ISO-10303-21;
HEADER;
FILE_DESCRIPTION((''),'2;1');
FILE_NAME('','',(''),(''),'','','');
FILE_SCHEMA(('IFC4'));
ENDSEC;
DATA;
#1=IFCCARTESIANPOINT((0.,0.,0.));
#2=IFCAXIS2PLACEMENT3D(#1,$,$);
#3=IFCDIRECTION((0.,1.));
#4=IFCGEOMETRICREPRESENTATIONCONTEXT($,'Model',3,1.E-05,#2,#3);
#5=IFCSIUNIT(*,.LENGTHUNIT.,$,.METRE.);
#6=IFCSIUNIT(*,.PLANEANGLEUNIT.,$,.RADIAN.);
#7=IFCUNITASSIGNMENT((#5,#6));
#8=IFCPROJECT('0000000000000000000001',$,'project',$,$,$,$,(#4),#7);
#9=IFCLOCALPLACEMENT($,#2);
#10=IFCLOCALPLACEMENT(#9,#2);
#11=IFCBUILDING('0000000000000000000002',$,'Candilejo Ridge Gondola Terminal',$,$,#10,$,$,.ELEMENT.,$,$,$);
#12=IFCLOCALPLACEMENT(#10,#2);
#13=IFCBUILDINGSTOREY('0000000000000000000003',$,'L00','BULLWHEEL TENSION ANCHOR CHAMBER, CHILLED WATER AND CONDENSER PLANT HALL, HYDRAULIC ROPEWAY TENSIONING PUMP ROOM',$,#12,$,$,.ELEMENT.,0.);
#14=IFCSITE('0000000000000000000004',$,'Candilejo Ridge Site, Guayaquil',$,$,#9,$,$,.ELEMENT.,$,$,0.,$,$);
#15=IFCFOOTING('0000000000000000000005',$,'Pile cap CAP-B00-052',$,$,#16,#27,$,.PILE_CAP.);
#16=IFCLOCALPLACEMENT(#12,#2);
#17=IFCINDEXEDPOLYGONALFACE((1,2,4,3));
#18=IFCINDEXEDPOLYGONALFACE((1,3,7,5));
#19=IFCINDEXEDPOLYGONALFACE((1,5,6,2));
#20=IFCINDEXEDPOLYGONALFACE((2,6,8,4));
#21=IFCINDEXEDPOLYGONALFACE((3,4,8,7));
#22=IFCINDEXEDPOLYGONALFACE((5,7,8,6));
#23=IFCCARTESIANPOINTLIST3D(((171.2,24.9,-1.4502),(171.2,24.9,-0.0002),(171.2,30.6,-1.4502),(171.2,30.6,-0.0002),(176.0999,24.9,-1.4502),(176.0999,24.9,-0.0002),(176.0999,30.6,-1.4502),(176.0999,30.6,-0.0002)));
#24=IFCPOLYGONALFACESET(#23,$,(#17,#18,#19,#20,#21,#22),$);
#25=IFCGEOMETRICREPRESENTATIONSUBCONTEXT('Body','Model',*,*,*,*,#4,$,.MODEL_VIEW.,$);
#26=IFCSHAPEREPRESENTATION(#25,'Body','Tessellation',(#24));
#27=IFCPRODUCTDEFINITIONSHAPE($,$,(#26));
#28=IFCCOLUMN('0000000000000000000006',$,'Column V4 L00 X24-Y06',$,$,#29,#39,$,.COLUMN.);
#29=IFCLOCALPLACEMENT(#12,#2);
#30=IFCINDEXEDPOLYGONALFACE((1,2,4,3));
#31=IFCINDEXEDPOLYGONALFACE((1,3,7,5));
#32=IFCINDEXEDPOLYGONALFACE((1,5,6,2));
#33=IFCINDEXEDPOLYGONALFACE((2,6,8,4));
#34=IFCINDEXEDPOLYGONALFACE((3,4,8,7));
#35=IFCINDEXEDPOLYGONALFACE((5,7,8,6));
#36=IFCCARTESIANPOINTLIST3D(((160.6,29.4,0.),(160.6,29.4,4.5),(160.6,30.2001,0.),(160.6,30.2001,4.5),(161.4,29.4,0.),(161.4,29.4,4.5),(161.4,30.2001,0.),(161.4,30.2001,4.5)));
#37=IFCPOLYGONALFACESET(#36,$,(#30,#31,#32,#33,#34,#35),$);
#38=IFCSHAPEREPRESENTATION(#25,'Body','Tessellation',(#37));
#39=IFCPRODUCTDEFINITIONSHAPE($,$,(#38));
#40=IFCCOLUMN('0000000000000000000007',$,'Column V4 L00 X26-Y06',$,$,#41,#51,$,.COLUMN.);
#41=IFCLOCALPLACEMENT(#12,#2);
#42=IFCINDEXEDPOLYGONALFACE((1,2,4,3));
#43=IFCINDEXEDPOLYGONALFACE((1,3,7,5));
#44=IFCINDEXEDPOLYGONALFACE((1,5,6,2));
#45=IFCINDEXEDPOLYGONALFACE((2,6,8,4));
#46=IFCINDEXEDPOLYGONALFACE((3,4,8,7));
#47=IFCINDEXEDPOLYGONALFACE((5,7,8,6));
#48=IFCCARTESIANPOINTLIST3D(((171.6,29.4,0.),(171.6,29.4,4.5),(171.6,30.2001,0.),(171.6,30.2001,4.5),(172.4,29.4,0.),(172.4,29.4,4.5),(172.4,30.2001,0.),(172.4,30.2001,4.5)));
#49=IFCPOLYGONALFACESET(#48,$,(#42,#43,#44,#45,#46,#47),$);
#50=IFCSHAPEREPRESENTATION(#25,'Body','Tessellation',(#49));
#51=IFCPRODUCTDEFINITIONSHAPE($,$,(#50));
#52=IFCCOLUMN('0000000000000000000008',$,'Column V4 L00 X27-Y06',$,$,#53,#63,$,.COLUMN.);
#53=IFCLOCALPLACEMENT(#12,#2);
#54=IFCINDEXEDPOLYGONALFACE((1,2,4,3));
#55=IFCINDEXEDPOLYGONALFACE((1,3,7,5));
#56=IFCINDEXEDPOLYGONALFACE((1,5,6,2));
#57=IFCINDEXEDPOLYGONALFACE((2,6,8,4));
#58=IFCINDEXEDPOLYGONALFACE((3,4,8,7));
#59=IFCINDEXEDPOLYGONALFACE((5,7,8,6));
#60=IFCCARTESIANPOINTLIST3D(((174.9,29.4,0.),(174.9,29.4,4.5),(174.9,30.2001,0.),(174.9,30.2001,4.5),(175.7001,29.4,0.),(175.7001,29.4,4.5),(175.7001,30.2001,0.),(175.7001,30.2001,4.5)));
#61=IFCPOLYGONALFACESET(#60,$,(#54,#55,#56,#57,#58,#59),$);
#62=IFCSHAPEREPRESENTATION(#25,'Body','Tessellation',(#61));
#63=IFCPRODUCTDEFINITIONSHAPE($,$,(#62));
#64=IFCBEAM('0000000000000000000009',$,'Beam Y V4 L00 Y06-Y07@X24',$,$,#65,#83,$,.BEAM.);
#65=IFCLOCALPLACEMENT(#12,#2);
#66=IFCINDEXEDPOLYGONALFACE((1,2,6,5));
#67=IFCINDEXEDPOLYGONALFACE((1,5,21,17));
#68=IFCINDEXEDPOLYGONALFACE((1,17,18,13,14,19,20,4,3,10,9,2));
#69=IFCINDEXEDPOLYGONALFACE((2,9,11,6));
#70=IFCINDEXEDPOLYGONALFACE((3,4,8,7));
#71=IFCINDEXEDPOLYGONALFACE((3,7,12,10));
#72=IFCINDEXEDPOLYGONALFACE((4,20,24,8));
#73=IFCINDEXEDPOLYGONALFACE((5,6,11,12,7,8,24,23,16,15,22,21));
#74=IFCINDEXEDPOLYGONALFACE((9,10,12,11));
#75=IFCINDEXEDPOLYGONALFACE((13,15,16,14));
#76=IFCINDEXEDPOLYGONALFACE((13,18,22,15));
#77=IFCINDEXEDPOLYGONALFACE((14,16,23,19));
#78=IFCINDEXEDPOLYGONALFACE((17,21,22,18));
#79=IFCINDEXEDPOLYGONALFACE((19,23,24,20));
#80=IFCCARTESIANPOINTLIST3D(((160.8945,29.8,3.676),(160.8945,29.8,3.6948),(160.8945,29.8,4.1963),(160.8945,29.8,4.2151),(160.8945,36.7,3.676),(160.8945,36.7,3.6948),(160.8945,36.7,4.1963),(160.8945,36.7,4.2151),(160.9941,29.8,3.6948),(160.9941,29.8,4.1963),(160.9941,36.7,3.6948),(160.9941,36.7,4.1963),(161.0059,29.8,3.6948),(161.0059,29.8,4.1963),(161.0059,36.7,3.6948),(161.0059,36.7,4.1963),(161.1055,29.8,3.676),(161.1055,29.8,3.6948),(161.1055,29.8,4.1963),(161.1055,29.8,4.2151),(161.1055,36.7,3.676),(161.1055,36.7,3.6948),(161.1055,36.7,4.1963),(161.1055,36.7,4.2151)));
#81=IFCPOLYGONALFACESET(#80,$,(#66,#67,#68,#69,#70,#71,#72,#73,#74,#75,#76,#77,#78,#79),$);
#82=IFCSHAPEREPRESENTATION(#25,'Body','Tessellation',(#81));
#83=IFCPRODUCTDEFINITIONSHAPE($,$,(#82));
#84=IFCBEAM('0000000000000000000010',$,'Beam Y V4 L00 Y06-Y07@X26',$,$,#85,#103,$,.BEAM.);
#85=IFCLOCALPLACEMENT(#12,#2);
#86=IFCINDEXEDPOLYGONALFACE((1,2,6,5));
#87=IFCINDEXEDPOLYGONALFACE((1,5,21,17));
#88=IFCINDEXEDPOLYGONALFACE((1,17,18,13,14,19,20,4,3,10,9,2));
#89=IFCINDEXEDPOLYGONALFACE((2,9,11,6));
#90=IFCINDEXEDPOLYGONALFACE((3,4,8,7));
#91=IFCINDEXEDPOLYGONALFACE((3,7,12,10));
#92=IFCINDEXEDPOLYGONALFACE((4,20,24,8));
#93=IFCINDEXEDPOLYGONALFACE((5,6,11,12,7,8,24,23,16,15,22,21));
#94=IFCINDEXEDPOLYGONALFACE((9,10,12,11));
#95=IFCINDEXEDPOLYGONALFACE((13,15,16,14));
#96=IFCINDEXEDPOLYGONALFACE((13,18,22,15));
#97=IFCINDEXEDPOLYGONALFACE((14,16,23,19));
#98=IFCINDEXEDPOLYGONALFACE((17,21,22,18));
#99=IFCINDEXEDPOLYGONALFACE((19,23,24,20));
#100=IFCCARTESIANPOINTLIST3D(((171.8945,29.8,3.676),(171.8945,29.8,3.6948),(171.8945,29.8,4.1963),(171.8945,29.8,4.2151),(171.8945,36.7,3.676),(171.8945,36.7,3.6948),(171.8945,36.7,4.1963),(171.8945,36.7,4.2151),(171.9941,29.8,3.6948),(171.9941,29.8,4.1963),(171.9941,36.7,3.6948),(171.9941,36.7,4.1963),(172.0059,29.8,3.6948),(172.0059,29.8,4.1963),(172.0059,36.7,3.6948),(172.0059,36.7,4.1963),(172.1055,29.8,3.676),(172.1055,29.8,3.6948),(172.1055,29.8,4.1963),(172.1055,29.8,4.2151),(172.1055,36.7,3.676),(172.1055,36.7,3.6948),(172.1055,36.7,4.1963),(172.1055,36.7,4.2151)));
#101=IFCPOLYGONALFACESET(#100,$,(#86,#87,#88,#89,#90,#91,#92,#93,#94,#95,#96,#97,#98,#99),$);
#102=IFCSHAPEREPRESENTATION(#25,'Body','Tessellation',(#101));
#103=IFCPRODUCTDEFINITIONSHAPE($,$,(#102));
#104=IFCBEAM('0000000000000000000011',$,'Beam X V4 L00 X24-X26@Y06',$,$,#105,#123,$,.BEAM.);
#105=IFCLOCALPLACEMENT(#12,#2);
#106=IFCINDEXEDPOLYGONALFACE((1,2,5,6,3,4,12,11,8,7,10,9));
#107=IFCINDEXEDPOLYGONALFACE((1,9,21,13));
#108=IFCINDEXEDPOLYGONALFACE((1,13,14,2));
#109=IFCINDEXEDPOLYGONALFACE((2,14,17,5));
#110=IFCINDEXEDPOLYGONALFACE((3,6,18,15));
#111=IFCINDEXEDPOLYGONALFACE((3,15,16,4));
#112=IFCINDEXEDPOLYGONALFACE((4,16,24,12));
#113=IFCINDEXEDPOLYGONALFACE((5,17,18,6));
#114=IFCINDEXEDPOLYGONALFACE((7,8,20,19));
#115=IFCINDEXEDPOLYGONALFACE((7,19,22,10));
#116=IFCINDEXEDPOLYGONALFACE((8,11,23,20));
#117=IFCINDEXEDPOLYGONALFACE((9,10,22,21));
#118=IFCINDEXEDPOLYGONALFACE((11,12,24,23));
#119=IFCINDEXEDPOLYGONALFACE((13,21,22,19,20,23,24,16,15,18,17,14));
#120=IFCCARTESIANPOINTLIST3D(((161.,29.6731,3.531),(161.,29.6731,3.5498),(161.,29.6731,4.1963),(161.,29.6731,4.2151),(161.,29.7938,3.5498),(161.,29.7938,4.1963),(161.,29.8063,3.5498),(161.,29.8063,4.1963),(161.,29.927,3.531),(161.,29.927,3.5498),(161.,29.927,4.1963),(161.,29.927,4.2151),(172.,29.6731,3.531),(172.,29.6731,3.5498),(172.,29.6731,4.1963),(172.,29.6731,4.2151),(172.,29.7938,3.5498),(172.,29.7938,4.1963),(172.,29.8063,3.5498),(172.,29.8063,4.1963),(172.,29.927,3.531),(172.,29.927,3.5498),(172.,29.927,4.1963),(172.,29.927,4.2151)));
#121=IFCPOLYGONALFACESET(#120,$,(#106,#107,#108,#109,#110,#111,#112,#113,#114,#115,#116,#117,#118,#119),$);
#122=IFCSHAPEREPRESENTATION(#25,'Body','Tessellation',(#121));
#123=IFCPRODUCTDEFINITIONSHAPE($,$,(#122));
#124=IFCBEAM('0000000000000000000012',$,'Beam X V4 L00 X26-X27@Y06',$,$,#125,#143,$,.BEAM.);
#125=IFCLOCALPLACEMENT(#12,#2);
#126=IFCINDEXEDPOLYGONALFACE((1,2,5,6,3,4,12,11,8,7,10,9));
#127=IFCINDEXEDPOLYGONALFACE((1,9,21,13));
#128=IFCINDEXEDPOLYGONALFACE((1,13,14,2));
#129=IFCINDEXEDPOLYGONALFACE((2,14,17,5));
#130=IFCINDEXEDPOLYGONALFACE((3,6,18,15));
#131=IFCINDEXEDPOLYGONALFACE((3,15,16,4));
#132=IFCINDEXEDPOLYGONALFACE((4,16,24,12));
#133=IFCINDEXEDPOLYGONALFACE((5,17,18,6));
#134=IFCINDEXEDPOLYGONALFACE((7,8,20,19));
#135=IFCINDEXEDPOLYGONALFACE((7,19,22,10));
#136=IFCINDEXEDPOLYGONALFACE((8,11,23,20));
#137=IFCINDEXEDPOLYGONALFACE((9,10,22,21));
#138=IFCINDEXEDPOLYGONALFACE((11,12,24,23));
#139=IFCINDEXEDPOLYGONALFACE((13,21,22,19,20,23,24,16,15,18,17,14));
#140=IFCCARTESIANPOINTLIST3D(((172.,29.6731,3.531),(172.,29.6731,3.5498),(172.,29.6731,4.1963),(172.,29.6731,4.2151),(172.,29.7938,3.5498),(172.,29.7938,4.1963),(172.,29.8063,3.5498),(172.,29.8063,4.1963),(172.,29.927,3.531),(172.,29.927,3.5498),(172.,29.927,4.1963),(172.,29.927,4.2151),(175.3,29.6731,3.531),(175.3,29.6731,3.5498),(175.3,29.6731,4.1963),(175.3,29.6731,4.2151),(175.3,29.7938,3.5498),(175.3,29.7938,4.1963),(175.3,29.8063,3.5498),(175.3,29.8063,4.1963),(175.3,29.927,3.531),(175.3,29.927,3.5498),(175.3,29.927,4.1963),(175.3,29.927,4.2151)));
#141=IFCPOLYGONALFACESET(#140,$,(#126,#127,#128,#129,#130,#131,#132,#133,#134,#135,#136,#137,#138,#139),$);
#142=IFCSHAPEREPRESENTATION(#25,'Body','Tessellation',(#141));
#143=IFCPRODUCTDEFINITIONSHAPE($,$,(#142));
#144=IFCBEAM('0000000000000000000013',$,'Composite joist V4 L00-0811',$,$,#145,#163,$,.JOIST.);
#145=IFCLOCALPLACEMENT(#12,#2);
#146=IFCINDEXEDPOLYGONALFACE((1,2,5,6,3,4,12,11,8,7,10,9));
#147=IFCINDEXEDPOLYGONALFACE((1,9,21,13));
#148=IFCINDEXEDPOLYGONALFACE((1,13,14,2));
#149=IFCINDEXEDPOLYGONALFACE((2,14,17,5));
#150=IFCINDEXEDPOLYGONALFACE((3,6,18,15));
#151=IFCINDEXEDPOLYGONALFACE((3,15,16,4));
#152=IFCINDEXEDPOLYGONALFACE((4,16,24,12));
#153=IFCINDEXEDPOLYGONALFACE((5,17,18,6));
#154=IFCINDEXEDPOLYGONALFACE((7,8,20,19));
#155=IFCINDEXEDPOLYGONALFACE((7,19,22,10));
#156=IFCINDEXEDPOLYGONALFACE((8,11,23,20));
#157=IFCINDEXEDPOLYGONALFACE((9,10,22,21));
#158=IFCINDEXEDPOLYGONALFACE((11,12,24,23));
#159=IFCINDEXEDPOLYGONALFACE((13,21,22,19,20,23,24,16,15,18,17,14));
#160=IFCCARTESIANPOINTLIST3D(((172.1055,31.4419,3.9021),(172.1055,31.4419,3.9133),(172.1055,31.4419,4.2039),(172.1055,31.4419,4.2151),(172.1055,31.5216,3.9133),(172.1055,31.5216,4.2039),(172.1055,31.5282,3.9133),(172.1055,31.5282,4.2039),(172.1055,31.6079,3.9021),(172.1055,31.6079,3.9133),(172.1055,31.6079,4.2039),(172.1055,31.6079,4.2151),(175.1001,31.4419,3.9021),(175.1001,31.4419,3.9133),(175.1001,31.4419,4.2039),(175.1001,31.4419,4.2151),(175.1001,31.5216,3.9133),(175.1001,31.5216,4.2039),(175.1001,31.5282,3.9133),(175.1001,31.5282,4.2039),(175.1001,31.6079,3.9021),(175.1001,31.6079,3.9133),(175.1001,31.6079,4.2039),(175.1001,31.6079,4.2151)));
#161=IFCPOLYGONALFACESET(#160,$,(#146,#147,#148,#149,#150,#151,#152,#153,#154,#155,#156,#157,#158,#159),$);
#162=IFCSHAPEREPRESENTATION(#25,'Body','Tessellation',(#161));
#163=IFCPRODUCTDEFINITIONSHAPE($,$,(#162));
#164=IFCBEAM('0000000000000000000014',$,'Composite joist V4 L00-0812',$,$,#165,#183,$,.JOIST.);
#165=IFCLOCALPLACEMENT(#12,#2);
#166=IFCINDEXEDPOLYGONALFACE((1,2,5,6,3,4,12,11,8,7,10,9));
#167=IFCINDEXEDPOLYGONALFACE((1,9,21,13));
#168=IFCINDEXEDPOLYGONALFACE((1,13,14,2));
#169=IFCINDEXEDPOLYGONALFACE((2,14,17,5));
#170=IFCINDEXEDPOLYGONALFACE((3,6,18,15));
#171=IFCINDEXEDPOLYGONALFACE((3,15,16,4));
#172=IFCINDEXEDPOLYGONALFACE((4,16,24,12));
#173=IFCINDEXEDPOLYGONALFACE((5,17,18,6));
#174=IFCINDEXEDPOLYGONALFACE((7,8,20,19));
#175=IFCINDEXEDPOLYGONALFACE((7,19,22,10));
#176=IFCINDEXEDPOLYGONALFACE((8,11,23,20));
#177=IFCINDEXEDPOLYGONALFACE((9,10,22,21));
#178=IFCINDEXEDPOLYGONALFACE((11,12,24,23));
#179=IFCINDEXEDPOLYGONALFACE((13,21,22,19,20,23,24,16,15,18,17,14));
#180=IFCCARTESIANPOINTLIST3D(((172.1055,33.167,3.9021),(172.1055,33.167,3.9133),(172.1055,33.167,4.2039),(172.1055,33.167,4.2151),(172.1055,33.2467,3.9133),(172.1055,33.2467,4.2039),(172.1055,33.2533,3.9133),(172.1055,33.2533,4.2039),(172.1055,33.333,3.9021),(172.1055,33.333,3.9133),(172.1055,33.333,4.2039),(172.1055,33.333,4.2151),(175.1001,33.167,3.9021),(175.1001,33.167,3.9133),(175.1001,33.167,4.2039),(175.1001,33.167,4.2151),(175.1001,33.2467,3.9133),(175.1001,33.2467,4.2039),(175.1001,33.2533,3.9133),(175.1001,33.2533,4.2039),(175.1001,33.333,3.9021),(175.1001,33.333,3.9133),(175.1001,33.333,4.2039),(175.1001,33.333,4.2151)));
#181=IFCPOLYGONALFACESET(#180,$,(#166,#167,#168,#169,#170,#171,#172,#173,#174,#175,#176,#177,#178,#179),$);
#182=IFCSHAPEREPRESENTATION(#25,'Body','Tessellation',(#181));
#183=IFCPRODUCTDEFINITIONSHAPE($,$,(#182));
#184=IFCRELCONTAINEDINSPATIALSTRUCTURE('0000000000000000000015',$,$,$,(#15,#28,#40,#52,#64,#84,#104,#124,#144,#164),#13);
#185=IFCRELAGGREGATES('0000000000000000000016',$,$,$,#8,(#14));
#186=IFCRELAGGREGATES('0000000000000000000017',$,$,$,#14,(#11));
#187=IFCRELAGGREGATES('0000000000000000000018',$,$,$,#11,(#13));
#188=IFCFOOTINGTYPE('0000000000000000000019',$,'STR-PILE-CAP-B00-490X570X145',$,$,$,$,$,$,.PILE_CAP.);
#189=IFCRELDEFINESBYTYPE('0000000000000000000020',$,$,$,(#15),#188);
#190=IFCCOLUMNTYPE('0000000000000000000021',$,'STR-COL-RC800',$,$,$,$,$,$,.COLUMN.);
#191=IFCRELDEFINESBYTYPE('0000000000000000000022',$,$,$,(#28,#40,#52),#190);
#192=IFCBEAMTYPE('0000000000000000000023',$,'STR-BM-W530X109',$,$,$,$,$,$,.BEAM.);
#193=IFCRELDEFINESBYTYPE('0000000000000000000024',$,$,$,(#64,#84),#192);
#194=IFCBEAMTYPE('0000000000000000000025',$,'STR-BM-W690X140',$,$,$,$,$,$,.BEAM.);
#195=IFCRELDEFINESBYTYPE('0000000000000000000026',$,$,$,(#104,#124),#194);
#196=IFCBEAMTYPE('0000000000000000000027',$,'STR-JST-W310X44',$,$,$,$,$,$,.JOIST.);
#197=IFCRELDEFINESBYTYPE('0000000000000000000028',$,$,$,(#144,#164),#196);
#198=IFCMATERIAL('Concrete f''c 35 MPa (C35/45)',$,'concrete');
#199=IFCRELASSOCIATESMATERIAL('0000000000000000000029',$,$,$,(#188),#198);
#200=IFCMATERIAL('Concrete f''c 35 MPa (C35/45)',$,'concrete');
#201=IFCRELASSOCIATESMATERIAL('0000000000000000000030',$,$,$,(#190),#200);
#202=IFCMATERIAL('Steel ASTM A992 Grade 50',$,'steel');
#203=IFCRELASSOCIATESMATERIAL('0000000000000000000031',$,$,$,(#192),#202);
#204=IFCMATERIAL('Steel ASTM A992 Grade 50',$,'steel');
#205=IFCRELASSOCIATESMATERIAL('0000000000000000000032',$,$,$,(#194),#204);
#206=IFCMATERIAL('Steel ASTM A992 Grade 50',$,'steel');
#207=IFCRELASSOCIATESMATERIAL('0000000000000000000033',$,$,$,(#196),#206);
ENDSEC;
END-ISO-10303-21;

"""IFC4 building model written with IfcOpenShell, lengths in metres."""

from ifc_helpers import new_model, si_unit, direction, frame, origin, origin_2d, place, context, subcontext, project, spatial, rectangle, i_section, extrude, material, material_profile, profile_set, type_object, element, save


model = new_model("IFC4")

# Units and contexts
model_context = context("Model", 3, precision=1e-05, world=origin(), true_north=direction((0.0, 1.0)))
body_context = subcontext(model_context, "Body", "Model", "MODEL_VIEW")
ifc_project = project(units=[si_unit("LENGTHUNIT", "METRE"), si_unit("PLANEANGLEUNIT", "RADIAN")], contexts=[model_context])

# Site, building, storey
site_placement = place(None, origin())
site = spatial("IfcSite", under=ifc_project, at=site_placement, Name="Candilejo Ridge Site, Guayaquil", CompositionType="ELEMENT", RefElevation=0.0)
building_placement = place(site_placement, origin())
building = spatial("IfcBuilding", under=site, at=building_placement, Name="Candilejo Ridge Gondola Terminal", CompositionType="ELEMENT")
storey_placement = place(building_placement, origin())
storey = spatial("IfcBuildingStorey", under=building, at=storey_placement, Name="L00", Description="BULLWHEEL TENSION ANCHOR CHAMBER, CHILLED WATER AND CONDENSER PLANT HALL, HYDRAULIC ROPEWAY TENSIONING PUMP ROOM", CompositionType="ELEMENT", Elevation=0.0)

# Footing
ifc_material_1 = material(Name="Concrete f'c 35 MPa (C35/45)", Category="concrete")
footing_type_1 = type_object("IfcFootingType", Name="STR-PILE-CAP-B00-490X570X145", PredefinedType="PILE_CAP", material=ifc_material_1)
footing_placement = place(storey_placement, frame((173.6499, 27.75, -1.4502), z_axis=(0.0, 0.0, 1.0), x_axis=(1.0, 0.0, 0.0)))
element("IfcFooting", 1, at=footing_placement, inside=storey, type_object=footing_type_1, Name="Pile cap CAP-B00-052", PredefinedType="PILE_CAP", context=body_context, shape_type="SweptSolid", body=[
    extrude(rectangle(XDim=4.8999, YDim=5.7, at=origin_2d()), origin(), (0.0, 0.0, 1.0), 1.45),
])

# Columns
ifc_material_2 = material(Name="Concrete f'c 35 MPa (C35/45)", Category="concrete")
ifc_material_profile_1 = material_profile(ifc_material_2, rectangle(XDim=0.8, YDim=0.8, at=origin_2d()))
ifc_profile_set_1 = profile_set([ifc_material_profile_1], Name="Concrete f'c 35 MPa (C35/45)")
column_type = type_object("IfcColumnType", Name="STR-COL-RC800", PredefinedType="COLUMN", material=ifc_profile_set_1)
for number, where, z_axis, x_axis, name in (
    (2, (161.0, 29.8, 0.0), (0.0, 0.0, 1.0), (1.0, 0.0, 0.0), "Column V4 L00 X24-Y06"),
    (3, (172.0, 29.8, 0.0), (0.0, 0.0, 1.0), (1.0, 0.0, 0.0), "Column V4 L00 X26-Y06"),
    (4, (175.3, 29.8, 0.0), (0.0, 0.0, 1.0), (1.0, 0.0, 0.0), "Column V4 L00 X27-Y06"),
):
    element("IfcColumn", number, at=place(storey_placement, frame(where, z_axis=z_axis, x_axis=x_axis)), inside=storey, type_object=column_type, Name=name, PredefinedType="COLUMN", context=body_context, shape_type="SweptSolid", body=[
        extrude(rectangle(XDim=0.8, YDim=0.8, at=origin_2d()), origin(), (0.0, 0.0, 1.0), 4.5),
    ])

# Beams
ifc_material_3 = material(Name="Steel ASTM A992 Grade 50", Category="steel")
ifc_material_profile_2 = material_profile(ifc_material_3, i_section(OverallWidth=0.2109, OverallDepth=0.5391, WebThickness=0.0117, FlangeThickness=0.0188, at=origin_2d()))
ifc_profile_set_2 = profile_set([ifc_material_profile_2], Name="Steel ASTM A992 Grade 50")
beam_type_1 = type_object("IfcBeamType", Name="STR-BM-W530X109", PredefinedType="BEAM", material=ifc_profile_set_2)
for number, where, z_axis, x_axis, name in (
    (5, (161.0, 29.8, 3.9456), (0.0, 1.0, 0.0), (-1.0, 0.0, 0.0), "Beam Y V4 L00 Y06-Y07@X24"),
    (6, (172.0, 29.8, 3.9456), (0.0, 1.0, 0.0), (-1.0, 0.0, 0.0), "Beam Y V4 L00 Y06-Y07@X26"),
):
    element("IfcBeam", number, at=place(storey_placement, frame(where, z_axis=z_axis, x_axis=x_axis)), inside=storey, type_object=beam_type_1, Name=name, PredefinedType="BEAM", context=body_context, shape_type="SweptSolid", body=[
        extrude(i_section(OverallWidth=0.2109, OverallDepth=0.5391, WebThickness=0.0117, FlangeThickness=0.0188, at=origin_2d()), origin(), (0.0, 0.0, 1.0), 6.8999),
    ])
ifc_material_4 = material(Name="Steel ASTM A992 Grade 50", Category="steel")
ifc_material_profile_3 = material_profile(ifc_material_4, i_section(OverallWidth=0.2539, OverallDepth=0.6841, WebThickness=0.0125, FlangeThickness=0.0188, at=origin_2d()))
ifc_profile_set_3 = profile_set([ifc_material_profile_3], Name="Steel ASTM A992 Grade 50")
beam_type_2 = type_object("IfcBeamType", Name="STR-BM-W690X140", PredefinedType="BEAM", material=ifc_profile_set_3)
beam_1_placement = place(storey_placement, frame((161.0, 29.8, 3.873), z_axis=(1.0, 0.0, 0.0), x_axis=(0.0, 1.0, 0.0)))
element("IfcBeam", 7, at=beam_1_placement, inside=storey, type_object=beam_type_2, Name="Beam X V4 L00 X24-X26@Y06", PredefinedType="BEAM", context=body_context, shape_type="SweptSolid", body=[
    extrude(i_section(OverallWidth=0.2539, OverallDepth=0.6841, WebThickness=0.0125, FlangeThickness=0.0188, at=origin_2d()), origin(), (0.0, 0.0, 1.0), 11.0),
])
beam_2_placement = place(storey_placement, frame((172.0, 29.8, 3.873), z_axis=(1.0, 0.0, 0.0), x_axis=(0.0, 1.0, 0.0)))
element("IfcBeam", 8, at=beam_2_placement, inside=storey, type_object=beam_type_2, Name="Beam X V4 L00 X26-X27@Y06", PredefinedType="BEAM", context=body_context, shape_type="SweptSolid", body=[
    extrude(i_section(OverallWidth=0.2539, OverallDepth=0.6841, WebThickness=0.0125, FlangeThickness=0.0188, at=origin_2d()), origin(), (0.0, 0.0, 1.0), 3.3),
])
ifc_material_5 = material(Name="Steel ASTM A992 Grade 50", Category="steel")
ifc_material_profile_4 = material_profile(ifc_material_5, i_section(OverallWidth=0.166, OverallDepth=0.313, WebThickness=0.0066, FlangeThickness=0.0112, at=origin_2d()))
ifc_profile_set_4 = profile_set([ifc_material_profile_4], Name="Steel ASTM A992 Grade 50")
beam_type_3 = type_object("IfcBeamType", Name="STR-JST-W310X44", PredefinedType="JOIST", material=ifc_profile_set_4)
for number, where, z_axis, x_axis, name in (
    (9, (172.1055, 31.5249, 4.0586), (1.0, 0.0, 0.0), (0.0, 1.0, 0.0), "Composite joist V4 L00-0811"),
    (10, (172.1055, 33.25, 4.0586), (1.0, 0.0, 0.0), (0.0, 1.0, 0.0), "Composite joist V4 L00-0812"),
):
    element("IfcBeam", number, at=place(storey_placement, frame(where, z_axis=z_axis, x_axis=x_axis)), inside=storey, type_object=beam_type_3, Name=name, PredefinedType="JOIST", context=body_context, shape_type="SweptSolid", body=[
        extrude(i_section(OverallWidth=0.166, OverallDepth=0.313, WebThickness=0.0066, FlangeThickness=0.0112, at=origin_2d()), origin(), (0.0, 0.0, 1.0), 2.9946),
    ])

save(model, "model.ifc")
